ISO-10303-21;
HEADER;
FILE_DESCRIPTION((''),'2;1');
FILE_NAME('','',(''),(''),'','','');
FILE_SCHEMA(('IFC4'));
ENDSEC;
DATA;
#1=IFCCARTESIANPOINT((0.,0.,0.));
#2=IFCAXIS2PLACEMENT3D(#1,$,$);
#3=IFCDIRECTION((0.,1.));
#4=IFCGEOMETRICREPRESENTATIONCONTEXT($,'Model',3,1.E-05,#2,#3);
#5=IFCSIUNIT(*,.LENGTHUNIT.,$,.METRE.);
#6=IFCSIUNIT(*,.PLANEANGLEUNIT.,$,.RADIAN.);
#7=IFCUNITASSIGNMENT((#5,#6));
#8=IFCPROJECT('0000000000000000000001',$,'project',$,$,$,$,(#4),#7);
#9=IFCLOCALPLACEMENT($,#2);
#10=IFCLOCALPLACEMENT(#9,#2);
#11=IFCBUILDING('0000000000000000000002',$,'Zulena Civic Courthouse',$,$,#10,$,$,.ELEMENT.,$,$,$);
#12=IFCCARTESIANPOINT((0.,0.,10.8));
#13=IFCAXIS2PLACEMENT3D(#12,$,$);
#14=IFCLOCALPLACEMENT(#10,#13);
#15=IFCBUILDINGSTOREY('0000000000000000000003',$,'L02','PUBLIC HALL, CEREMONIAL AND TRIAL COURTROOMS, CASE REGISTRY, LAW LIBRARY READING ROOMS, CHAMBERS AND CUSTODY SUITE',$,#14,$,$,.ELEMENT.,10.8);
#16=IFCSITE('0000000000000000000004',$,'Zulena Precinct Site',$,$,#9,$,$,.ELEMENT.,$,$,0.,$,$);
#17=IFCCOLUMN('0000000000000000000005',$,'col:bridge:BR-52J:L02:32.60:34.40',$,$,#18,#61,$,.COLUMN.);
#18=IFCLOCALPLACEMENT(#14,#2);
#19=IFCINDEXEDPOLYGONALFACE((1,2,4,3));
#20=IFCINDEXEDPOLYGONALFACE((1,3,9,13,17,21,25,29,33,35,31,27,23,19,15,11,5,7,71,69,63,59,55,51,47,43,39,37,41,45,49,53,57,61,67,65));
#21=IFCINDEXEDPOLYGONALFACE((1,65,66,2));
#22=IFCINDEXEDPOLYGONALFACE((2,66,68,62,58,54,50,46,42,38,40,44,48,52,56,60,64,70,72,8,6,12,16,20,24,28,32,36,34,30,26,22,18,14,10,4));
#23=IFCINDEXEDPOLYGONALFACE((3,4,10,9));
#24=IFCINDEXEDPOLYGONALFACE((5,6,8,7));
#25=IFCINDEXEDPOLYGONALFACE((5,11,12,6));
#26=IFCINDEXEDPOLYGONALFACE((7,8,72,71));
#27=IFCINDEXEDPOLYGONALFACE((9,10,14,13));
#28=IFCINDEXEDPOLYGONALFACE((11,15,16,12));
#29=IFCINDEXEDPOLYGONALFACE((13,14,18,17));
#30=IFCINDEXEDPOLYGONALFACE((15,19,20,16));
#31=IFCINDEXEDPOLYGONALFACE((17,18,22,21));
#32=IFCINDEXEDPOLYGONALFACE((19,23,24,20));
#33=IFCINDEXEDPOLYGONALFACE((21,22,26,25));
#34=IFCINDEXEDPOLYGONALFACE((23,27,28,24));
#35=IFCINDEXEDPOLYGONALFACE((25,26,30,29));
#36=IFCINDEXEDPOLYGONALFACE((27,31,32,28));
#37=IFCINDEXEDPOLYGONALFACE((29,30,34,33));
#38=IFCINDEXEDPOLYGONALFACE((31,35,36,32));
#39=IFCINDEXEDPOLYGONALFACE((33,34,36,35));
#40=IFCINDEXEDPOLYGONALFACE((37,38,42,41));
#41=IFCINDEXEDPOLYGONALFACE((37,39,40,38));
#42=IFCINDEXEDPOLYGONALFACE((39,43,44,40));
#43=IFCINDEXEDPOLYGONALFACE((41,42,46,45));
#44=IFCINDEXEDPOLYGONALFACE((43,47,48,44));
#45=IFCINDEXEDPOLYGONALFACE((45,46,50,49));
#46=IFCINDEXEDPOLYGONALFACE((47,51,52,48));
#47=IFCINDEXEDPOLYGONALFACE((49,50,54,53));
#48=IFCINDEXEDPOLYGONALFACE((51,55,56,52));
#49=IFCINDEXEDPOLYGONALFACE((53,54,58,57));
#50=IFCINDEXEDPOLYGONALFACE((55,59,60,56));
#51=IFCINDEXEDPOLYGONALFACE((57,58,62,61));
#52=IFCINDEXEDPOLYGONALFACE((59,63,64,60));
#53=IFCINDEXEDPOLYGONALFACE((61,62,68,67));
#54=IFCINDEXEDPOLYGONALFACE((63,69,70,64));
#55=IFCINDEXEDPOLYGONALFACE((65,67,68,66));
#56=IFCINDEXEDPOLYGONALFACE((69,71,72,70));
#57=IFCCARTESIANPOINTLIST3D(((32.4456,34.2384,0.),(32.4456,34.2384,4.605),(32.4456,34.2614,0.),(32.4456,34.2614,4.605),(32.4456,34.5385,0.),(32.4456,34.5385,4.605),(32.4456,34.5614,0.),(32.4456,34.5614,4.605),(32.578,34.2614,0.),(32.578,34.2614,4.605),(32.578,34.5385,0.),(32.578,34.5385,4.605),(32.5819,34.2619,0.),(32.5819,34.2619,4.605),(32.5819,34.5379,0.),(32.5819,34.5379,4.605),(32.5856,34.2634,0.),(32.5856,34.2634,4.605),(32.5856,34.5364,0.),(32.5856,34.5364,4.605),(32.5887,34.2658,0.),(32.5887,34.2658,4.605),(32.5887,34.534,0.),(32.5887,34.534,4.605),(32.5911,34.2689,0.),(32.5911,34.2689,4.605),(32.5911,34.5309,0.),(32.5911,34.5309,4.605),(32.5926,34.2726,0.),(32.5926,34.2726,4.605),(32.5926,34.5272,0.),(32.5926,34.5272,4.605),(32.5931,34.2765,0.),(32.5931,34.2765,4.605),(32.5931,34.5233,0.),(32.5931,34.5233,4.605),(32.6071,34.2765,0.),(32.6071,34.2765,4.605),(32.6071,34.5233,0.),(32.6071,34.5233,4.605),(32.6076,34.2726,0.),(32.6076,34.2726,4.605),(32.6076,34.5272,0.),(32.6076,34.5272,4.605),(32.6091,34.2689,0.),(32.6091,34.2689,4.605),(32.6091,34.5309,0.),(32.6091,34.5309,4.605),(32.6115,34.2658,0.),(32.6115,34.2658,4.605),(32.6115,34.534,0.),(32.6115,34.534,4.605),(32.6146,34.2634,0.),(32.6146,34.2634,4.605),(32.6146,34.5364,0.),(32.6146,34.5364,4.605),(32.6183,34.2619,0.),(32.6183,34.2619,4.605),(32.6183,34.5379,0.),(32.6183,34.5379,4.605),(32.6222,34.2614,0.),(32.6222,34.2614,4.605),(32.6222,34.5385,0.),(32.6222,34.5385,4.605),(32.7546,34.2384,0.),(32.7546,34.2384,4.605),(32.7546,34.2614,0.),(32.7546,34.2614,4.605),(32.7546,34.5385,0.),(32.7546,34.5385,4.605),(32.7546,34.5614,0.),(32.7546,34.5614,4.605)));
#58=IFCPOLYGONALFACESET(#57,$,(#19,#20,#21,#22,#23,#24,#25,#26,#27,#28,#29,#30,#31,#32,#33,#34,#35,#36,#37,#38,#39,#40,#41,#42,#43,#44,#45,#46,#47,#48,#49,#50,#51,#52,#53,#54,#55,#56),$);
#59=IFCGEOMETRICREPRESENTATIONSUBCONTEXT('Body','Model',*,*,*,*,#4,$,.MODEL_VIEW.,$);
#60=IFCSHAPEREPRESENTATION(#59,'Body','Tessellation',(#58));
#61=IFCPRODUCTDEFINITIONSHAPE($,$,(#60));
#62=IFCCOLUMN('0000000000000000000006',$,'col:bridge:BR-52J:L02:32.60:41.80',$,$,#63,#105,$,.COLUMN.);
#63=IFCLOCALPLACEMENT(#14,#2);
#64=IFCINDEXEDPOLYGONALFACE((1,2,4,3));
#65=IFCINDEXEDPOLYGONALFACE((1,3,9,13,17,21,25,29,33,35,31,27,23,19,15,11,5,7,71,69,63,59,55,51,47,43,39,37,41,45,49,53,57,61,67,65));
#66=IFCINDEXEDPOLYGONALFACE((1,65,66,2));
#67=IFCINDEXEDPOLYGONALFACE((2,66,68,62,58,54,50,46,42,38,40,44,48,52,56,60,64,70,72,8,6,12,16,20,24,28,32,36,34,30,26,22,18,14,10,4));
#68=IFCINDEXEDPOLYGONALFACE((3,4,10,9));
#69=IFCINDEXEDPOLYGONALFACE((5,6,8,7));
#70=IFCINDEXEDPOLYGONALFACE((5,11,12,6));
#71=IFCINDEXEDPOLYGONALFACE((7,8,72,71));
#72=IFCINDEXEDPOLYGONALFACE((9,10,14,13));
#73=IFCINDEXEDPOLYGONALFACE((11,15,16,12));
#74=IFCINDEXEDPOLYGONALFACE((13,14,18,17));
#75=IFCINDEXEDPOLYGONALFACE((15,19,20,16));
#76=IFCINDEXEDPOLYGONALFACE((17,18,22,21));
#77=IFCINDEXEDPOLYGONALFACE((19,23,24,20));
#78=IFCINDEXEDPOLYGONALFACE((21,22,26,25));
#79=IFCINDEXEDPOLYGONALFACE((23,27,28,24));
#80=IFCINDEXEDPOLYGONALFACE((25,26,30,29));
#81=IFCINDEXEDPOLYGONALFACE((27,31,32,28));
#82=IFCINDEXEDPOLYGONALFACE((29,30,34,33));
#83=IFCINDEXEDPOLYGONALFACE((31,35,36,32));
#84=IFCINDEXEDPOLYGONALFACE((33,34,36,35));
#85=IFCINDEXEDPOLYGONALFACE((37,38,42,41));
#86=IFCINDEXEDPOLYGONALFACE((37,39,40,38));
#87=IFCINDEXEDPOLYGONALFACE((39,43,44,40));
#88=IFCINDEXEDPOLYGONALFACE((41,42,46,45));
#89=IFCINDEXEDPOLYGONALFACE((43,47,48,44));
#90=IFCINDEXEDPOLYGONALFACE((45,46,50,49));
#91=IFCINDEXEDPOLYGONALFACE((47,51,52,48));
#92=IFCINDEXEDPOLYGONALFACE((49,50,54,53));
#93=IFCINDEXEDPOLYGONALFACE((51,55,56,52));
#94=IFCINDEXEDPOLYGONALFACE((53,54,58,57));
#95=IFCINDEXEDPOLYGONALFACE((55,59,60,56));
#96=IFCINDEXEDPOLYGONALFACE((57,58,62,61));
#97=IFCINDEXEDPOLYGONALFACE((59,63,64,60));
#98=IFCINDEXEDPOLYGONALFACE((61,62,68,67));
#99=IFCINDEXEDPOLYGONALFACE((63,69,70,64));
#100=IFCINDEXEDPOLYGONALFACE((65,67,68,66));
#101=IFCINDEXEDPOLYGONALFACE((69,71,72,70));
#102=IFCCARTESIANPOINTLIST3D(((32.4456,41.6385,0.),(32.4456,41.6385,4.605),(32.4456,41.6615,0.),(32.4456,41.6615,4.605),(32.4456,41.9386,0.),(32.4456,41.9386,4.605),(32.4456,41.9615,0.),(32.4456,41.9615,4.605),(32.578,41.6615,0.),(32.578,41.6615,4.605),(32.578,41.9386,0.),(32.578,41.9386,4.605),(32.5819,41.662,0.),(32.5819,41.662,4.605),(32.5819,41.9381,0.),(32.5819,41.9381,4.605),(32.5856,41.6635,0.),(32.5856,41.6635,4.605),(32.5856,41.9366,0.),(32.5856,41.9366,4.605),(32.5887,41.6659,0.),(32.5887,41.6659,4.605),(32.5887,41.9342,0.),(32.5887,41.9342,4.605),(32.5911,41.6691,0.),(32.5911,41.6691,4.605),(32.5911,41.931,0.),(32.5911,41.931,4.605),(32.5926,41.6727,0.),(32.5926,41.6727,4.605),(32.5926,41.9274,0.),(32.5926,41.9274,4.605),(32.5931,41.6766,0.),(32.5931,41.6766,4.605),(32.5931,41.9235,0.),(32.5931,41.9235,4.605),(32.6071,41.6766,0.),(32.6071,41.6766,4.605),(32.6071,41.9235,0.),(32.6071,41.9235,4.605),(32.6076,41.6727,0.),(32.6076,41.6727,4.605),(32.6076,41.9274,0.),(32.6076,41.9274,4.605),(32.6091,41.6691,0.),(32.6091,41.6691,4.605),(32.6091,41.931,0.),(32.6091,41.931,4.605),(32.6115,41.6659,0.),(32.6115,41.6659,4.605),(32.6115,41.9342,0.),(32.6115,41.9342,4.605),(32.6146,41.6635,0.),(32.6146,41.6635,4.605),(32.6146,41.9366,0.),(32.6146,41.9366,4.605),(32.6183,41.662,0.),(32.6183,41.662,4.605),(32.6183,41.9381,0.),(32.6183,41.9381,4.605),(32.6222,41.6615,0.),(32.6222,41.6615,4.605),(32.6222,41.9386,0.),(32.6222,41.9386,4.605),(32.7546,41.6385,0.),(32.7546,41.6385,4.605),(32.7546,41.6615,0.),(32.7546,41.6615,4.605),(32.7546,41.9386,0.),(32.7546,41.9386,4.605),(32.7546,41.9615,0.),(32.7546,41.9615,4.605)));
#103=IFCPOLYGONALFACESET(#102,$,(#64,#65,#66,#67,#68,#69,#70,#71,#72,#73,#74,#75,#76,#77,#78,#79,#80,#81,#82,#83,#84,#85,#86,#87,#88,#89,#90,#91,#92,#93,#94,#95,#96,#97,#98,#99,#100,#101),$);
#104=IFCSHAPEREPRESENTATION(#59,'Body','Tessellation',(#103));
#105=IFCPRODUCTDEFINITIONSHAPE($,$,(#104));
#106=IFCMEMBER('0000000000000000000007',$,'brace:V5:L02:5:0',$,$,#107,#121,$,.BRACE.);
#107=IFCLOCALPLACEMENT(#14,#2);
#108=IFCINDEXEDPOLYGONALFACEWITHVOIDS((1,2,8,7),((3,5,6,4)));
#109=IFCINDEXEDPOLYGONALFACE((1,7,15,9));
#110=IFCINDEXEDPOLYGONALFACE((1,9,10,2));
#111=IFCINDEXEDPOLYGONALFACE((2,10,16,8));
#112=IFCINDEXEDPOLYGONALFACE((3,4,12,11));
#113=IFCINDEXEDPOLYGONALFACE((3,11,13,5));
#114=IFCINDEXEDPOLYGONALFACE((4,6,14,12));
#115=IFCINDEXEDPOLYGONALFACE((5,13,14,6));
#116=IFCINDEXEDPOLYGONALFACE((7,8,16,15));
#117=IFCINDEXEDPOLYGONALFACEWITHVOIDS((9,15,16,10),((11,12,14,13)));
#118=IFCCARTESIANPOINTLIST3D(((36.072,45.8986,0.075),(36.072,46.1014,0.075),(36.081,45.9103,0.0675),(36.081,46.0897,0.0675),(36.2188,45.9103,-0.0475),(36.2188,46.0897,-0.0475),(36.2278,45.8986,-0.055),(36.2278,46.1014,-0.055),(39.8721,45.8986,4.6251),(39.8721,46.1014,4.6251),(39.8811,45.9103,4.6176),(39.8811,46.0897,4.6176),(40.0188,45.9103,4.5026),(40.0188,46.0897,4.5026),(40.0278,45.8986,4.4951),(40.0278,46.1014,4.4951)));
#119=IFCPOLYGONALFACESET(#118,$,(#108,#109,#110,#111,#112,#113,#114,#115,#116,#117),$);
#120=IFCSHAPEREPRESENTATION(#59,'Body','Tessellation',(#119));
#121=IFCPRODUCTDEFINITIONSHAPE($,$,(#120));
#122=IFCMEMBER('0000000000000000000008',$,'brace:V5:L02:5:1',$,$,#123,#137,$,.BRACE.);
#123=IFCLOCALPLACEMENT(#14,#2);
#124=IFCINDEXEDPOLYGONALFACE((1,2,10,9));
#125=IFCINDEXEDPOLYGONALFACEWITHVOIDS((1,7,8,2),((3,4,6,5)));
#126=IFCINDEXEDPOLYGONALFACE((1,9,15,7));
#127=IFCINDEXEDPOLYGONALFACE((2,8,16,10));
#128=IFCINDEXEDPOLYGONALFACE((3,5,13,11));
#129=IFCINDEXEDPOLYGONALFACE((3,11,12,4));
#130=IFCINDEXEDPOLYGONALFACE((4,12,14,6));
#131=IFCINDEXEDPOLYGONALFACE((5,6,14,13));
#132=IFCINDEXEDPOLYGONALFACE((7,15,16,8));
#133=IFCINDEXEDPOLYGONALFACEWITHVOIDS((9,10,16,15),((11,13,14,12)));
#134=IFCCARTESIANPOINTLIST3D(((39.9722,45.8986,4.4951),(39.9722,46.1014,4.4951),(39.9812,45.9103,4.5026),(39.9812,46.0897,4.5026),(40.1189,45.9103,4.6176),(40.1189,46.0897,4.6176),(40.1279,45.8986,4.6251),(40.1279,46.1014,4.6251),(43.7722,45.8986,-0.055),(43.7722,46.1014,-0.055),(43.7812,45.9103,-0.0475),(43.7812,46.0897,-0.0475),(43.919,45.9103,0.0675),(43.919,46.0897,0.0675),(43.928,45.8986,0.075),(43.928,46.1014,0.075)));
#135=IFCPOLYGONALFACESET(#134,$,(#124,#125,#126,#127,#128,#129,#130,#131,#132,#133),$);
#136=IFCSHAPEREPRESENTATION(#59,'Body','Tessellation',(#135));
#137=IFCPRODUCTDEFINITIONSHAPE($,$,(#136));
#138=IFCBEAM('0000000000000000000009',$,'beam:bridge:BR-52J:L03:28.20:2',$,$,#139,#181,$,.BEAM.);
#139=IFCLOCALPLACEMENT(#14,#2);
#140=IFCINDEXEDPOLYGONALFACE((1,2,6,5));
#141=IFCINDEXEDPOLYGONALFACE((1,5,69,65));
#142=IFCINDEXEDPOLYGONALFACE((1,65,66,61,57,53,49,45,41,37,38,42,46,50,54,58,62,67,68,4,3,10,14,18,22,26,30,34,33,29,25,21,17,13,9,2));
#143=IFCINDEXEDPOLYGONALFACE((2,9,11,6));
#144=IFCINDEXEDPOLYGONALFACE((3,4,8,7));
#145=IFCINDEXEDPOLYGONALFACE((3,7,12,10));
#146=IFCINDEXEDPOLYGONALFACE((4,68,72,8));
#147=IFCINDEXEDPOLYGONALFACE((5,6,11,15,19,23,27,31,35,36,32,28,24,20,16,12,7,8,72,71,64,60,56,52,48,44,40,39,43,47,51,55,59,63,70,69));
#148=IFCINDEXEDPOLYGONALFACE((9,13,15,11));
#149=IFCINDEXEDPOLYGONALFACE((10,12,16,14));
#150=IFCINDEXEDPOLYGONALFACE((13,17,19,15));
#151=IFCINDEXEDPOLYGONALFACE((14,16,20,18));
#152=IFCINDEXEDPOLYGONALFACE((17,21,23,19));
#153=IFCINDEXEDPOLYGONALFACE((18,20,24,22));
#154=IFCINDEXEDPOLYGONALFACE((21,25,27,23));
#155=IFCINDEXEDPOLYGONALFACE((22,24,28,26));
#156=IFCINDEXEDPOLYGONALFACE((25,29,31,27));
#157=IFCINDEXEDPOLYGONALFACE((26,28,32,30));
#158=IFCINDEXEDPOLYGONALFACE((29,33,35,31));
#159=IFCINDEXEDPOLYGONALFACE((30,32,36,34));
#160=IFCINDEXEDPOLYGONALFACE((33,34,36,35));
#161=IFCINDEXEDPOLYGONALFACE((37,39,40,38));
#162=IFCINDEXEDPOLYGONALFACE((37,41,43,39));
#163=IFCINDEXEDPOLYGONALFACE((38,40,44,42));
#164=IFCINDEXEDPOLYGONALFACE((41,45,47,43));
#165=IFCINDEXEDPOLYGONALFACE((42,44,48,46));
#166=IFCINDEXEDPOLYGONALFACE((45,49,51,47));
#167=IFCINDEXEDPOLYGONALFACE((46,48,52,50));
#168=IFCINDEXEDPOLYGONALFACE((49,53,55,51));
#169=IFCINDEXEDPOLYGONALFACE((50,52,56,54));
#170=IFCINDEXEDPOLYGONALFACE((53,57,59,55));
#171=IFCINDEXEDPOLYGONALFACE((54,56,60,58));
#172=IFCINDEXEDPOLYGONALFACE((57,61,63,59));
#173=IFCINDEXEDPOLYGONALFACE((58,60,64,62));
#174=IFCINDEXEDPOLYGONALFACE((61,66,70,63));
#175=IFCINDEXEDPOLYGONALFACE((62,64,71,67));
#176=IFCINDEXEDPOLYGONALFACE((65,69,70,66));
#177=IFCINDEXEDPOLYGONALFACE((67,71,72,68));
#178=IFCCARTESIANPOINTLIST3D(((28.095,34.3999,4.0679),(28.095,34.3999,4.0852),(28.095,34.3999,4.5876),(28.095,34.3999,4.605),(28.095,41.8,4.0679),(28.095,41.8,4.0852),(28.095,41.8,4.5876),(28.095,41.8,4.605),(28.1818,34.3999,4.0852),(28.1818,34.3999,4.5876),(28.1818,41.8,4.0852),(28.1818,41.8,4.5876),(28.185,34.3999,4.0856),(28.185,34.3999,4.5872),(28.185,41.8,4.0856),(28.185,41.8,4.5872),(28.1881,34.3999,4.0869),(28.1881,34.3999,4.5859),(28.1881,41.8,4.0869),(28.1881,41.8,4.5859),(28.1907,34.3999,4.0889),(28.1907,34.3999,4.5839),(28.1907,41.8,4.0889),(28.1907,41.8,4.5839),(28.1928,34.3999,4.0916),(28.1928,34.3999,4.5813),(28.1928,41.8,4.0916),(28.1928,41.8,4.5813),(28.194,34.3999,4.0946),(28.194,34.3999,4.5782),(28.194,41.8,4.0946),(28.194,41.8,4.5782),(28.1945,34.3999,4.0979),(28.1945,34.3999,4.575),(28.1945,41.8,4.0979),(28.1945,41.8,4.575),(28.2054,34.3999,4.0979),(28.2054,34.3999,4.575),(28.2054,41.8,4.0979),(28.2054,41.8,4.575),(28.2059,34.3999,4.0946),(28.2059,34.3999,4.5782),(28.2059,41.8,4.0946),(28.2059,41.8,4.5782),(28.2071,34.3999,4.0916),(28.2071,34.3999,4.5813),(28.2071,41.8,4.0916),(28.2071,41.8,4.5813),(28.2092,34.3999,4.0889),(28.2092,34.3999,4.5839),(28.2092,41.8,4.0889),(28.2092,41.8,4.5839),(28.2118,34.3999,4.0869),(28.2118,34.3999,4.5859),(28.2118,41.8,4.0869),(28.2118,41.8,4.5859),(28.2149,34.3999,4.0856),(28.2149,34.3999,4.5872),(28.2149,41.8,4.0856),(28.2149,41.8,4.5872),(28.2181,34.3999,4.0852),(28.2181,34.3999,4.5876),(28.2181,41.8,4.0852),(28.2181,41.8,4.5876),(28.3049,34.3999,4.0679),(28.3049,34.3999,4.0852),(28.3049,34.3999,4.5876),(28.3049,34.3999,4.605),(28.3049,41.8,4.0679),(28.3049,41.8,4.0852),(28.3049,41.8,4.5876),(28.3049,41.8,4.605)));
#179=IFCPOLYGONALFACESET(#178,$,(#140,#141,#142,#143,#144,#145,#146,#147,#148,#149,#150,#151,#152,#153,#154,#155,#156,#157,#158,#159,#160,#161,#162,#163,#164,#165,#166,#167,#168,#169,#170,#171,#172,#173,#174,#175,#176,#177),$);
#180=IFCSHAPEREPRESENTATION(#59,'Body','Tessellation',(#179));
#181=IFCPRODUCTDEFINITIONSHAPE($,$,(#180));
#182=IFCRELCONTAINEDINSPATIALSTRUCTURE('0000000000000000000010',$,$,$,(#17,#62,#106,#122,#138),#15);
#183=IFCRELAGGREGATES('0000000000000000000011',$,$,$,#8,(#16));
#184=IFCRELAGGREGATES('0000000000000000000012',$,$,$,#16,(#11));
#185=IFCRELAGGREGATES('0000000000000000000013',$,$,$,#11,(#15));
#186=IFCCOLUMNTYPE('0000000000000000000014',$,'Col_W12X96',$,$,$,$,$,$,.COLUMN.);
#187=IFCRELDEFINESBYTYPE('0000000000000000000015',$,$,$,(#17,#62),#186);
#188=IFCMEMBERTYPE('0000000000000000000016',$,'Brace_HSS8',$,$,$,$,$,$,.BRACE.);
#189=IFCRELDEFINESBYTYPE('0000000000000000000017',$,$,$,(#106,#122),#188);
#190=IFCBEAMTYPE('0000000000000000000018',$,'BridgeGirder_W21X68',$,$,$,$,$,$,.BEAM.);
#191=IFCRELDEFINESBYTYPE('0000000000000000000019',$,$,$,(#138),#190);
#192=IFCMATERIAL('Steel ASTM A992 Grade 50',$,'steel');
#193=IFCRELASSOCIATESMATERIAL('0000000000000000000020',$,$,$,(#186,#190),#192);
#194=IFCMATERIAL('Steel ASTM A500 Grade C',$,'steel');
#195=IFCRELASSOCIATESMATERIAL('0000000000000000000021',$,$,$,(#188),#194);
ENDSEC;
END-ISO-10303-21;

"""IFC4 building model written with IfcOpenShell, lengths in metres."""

from ifc_helpers import new_model, si_unit, direction, frame, origin, origin_2d, place, context, subcontext, project, spatial, hollow_rectangle, i_section, extrude, material, material_profile, profile_set, type_object, element, save


model = new_model("IFC4")

# Units and contexts
model_context = context("Model", 3, precision=1e-05, world=origin(), true_north=direction((0.0, 1.0)))
body_context = subcontext(model_context, "Body", "Model", "MODEL_VIEW")
ifc_project = project(units=[si_unit("LENGTHUNIT", "METRE"), si_unit("PLANEANGLEUNIT", "RADIAN")], contexts=[model_context])

# Site, building, storey
site_placement = place(None, origin())
site = spatial("IfcSite", under=ifc_project, at=site_placement, Name="Zulena Precinct Site", CompositionType="ELEMENT", RefElevation=0.0)
building_placement = place(site_placement, origin())
building = spatial("IfcBuilding", under=site, at=building_placement, Name="Zulena Civic Courthouse", CompositionType="ELEMENT")
storey_placement = place(building_placement, frame((0.0, 0.0, 10.8)))
storey = spatial("IfcBuildingStorey", under=building, at=storey_placement, Name="L02", Description="PUBLIC HALL, CEREMONIAL AND TRIAL COURTROOMS, CASE REGISTRY, LAW LIBRARY READING ROOMS, CHAMBERS AND CUSTODY SUITE", CompositionType="ELEMENT", Elevation=10.8)

# Columns
ifc_material_1 = material(Name="Steel ASTM A992 Grade 50", Category="steel")
ifc_material_profile_1 = material_profile(ifc_material_1, i_section(OverallWidth=0.3091, OverallDepth=0.323, WebThickness=0.0139, FlangeThickness=0.0229, FilletRadius=0.0151, at=origin_2d()), Name="W12X96")
ifc_profile_set_1 = profile_set([ifc_material_profile_1], Name="Steel ASTM A992 Grade 50")
column_type_1 = type_object("IfcColumnType", Name="Col_W12X96", PredefinedType="COLUMN", material=ifc_profile_set_1)
for number, where, z_axis, x_axis, name in (
    (1, (32.6001, 34.3999, 0.0), (0.0, 0.0, 1.0), (1.0, 0.0, 0.0), "col:bridge:BR-52J:L02:32.60:34.40"),
    (2, (32.6001, 41.8, 0.0), (0.0, 0.0, 1.0), (1.0, 0.0, 0.0), "col:bridge:BR-52J:L02:32.60:41.80"),
):
    element("IfcColumn", number, at=place(storey_placement, frame(where, z_axis=z_axis, x_axis=x_axis)), inside=storey, type_object=column_type_1, Name=name, PredefinedType="COLUMN", context=body_context, shape_type="SweptSolid", body=[
        extrude(i_section(OverallWidth=0.3091, OverallDepth=0.323, WebThickness=0.0139, FlangeThickness=0.0229, FilletRadius=0.0151, at=origin_2d()), origin(), (0.0, 0.0, 1.0), 4.605),
    ])

# Members
ifc_material_2 = material(Name="Steel ASTM A500 Grade C", Category="steel")
ifc_material_profile_2 = material_profile(ifc_material_2, hollow_rectangle(XDim=0.2029, YDim=0.2029, WallThickness=0.0117, at=origin_2d()), Name="HSS8X8X1/2")
ifc_profile_set_2 = profile_set([ifc_material_profile_2], Name="Steel ASTM A500 Grade C")
member_type_1 = type_object("IfcMemberType", Name="Brace_HSS8", PredefinedType="BRACE", material=ifc_profile_set_2)
for number, where, z_axis, x_axis, name in (
    (3, (36.1499, 46.0, 0.01), (0.641014, 0.0, 0.767529), (0.0, 1.0, 0.0), "brace:V5:L02:5:0"),
    (4, (43.8501, 46.0, 0.01), (-0.641014, 0.0, 0.767529), (0.0, -1.0, 0.0), "brace:V5:L02:5:1"),
):
    element("IfcMember", number, at=place(storey_placement, frame(where, z_axis=z_axis, x_axis=x_axis)), inside=storey, type_object=member_type_1, Name=name, PredefinedType="BRACE", context=body_context, shape_type="SweptSolid", body=[
        extrude(hollow_rectangle(XDim=0.2029, YDim=0.2029, WallThickness=0.0117, at=origin_2d()), origin(), (0.0, 0.0, 1.0), 5.9282),
    ])

# Beam
ifc_material_profile_3 = material_profile(ifc_material_1, i_section(OverallWidth=0.21, OverallDepth=0.5371, WebThickness=0.011, FlangeThickness=0.0173, FilletRadius=0.0127, at=origin_2d()), Name="W21X68")
ifc_profile_set_3 = profile_set([ifc_material_profile_3], Name="Steel ASTM A992 Grade 50")
beam_type_1 = type_object("IfcBeamType", Name="BridgeGirder_W21X68", PredefinedType="BEAM", material=ifc_profile_set_3)
beam_1_placement = place(storey_placement, frame((28.2, 34.3999, 4.3364), z_axis=(0.0, 1.0, 0.0), x_axis=(-1.0, 0.0, 0.0)))
element("IfcBeam", 5, at=beam_1_placement, inside=storey, type_object=beam_type_1, Name="beam:bridge:BR-52J:L03:28.20:2", PredefinedType="BEAM", context=body_context, shape_type="SweptSolid", body=[
    extrude(i_section(OverallWidth=0.21, OverallDepth=0.5371, WebThickness=0.011, FlangeThickness=0.0173, FilletRadius=0.0127, at=origin_2d()), origin(), (0.0, 0.0, 1.0), 7.4001),
])

save(model, "model.ifc")
